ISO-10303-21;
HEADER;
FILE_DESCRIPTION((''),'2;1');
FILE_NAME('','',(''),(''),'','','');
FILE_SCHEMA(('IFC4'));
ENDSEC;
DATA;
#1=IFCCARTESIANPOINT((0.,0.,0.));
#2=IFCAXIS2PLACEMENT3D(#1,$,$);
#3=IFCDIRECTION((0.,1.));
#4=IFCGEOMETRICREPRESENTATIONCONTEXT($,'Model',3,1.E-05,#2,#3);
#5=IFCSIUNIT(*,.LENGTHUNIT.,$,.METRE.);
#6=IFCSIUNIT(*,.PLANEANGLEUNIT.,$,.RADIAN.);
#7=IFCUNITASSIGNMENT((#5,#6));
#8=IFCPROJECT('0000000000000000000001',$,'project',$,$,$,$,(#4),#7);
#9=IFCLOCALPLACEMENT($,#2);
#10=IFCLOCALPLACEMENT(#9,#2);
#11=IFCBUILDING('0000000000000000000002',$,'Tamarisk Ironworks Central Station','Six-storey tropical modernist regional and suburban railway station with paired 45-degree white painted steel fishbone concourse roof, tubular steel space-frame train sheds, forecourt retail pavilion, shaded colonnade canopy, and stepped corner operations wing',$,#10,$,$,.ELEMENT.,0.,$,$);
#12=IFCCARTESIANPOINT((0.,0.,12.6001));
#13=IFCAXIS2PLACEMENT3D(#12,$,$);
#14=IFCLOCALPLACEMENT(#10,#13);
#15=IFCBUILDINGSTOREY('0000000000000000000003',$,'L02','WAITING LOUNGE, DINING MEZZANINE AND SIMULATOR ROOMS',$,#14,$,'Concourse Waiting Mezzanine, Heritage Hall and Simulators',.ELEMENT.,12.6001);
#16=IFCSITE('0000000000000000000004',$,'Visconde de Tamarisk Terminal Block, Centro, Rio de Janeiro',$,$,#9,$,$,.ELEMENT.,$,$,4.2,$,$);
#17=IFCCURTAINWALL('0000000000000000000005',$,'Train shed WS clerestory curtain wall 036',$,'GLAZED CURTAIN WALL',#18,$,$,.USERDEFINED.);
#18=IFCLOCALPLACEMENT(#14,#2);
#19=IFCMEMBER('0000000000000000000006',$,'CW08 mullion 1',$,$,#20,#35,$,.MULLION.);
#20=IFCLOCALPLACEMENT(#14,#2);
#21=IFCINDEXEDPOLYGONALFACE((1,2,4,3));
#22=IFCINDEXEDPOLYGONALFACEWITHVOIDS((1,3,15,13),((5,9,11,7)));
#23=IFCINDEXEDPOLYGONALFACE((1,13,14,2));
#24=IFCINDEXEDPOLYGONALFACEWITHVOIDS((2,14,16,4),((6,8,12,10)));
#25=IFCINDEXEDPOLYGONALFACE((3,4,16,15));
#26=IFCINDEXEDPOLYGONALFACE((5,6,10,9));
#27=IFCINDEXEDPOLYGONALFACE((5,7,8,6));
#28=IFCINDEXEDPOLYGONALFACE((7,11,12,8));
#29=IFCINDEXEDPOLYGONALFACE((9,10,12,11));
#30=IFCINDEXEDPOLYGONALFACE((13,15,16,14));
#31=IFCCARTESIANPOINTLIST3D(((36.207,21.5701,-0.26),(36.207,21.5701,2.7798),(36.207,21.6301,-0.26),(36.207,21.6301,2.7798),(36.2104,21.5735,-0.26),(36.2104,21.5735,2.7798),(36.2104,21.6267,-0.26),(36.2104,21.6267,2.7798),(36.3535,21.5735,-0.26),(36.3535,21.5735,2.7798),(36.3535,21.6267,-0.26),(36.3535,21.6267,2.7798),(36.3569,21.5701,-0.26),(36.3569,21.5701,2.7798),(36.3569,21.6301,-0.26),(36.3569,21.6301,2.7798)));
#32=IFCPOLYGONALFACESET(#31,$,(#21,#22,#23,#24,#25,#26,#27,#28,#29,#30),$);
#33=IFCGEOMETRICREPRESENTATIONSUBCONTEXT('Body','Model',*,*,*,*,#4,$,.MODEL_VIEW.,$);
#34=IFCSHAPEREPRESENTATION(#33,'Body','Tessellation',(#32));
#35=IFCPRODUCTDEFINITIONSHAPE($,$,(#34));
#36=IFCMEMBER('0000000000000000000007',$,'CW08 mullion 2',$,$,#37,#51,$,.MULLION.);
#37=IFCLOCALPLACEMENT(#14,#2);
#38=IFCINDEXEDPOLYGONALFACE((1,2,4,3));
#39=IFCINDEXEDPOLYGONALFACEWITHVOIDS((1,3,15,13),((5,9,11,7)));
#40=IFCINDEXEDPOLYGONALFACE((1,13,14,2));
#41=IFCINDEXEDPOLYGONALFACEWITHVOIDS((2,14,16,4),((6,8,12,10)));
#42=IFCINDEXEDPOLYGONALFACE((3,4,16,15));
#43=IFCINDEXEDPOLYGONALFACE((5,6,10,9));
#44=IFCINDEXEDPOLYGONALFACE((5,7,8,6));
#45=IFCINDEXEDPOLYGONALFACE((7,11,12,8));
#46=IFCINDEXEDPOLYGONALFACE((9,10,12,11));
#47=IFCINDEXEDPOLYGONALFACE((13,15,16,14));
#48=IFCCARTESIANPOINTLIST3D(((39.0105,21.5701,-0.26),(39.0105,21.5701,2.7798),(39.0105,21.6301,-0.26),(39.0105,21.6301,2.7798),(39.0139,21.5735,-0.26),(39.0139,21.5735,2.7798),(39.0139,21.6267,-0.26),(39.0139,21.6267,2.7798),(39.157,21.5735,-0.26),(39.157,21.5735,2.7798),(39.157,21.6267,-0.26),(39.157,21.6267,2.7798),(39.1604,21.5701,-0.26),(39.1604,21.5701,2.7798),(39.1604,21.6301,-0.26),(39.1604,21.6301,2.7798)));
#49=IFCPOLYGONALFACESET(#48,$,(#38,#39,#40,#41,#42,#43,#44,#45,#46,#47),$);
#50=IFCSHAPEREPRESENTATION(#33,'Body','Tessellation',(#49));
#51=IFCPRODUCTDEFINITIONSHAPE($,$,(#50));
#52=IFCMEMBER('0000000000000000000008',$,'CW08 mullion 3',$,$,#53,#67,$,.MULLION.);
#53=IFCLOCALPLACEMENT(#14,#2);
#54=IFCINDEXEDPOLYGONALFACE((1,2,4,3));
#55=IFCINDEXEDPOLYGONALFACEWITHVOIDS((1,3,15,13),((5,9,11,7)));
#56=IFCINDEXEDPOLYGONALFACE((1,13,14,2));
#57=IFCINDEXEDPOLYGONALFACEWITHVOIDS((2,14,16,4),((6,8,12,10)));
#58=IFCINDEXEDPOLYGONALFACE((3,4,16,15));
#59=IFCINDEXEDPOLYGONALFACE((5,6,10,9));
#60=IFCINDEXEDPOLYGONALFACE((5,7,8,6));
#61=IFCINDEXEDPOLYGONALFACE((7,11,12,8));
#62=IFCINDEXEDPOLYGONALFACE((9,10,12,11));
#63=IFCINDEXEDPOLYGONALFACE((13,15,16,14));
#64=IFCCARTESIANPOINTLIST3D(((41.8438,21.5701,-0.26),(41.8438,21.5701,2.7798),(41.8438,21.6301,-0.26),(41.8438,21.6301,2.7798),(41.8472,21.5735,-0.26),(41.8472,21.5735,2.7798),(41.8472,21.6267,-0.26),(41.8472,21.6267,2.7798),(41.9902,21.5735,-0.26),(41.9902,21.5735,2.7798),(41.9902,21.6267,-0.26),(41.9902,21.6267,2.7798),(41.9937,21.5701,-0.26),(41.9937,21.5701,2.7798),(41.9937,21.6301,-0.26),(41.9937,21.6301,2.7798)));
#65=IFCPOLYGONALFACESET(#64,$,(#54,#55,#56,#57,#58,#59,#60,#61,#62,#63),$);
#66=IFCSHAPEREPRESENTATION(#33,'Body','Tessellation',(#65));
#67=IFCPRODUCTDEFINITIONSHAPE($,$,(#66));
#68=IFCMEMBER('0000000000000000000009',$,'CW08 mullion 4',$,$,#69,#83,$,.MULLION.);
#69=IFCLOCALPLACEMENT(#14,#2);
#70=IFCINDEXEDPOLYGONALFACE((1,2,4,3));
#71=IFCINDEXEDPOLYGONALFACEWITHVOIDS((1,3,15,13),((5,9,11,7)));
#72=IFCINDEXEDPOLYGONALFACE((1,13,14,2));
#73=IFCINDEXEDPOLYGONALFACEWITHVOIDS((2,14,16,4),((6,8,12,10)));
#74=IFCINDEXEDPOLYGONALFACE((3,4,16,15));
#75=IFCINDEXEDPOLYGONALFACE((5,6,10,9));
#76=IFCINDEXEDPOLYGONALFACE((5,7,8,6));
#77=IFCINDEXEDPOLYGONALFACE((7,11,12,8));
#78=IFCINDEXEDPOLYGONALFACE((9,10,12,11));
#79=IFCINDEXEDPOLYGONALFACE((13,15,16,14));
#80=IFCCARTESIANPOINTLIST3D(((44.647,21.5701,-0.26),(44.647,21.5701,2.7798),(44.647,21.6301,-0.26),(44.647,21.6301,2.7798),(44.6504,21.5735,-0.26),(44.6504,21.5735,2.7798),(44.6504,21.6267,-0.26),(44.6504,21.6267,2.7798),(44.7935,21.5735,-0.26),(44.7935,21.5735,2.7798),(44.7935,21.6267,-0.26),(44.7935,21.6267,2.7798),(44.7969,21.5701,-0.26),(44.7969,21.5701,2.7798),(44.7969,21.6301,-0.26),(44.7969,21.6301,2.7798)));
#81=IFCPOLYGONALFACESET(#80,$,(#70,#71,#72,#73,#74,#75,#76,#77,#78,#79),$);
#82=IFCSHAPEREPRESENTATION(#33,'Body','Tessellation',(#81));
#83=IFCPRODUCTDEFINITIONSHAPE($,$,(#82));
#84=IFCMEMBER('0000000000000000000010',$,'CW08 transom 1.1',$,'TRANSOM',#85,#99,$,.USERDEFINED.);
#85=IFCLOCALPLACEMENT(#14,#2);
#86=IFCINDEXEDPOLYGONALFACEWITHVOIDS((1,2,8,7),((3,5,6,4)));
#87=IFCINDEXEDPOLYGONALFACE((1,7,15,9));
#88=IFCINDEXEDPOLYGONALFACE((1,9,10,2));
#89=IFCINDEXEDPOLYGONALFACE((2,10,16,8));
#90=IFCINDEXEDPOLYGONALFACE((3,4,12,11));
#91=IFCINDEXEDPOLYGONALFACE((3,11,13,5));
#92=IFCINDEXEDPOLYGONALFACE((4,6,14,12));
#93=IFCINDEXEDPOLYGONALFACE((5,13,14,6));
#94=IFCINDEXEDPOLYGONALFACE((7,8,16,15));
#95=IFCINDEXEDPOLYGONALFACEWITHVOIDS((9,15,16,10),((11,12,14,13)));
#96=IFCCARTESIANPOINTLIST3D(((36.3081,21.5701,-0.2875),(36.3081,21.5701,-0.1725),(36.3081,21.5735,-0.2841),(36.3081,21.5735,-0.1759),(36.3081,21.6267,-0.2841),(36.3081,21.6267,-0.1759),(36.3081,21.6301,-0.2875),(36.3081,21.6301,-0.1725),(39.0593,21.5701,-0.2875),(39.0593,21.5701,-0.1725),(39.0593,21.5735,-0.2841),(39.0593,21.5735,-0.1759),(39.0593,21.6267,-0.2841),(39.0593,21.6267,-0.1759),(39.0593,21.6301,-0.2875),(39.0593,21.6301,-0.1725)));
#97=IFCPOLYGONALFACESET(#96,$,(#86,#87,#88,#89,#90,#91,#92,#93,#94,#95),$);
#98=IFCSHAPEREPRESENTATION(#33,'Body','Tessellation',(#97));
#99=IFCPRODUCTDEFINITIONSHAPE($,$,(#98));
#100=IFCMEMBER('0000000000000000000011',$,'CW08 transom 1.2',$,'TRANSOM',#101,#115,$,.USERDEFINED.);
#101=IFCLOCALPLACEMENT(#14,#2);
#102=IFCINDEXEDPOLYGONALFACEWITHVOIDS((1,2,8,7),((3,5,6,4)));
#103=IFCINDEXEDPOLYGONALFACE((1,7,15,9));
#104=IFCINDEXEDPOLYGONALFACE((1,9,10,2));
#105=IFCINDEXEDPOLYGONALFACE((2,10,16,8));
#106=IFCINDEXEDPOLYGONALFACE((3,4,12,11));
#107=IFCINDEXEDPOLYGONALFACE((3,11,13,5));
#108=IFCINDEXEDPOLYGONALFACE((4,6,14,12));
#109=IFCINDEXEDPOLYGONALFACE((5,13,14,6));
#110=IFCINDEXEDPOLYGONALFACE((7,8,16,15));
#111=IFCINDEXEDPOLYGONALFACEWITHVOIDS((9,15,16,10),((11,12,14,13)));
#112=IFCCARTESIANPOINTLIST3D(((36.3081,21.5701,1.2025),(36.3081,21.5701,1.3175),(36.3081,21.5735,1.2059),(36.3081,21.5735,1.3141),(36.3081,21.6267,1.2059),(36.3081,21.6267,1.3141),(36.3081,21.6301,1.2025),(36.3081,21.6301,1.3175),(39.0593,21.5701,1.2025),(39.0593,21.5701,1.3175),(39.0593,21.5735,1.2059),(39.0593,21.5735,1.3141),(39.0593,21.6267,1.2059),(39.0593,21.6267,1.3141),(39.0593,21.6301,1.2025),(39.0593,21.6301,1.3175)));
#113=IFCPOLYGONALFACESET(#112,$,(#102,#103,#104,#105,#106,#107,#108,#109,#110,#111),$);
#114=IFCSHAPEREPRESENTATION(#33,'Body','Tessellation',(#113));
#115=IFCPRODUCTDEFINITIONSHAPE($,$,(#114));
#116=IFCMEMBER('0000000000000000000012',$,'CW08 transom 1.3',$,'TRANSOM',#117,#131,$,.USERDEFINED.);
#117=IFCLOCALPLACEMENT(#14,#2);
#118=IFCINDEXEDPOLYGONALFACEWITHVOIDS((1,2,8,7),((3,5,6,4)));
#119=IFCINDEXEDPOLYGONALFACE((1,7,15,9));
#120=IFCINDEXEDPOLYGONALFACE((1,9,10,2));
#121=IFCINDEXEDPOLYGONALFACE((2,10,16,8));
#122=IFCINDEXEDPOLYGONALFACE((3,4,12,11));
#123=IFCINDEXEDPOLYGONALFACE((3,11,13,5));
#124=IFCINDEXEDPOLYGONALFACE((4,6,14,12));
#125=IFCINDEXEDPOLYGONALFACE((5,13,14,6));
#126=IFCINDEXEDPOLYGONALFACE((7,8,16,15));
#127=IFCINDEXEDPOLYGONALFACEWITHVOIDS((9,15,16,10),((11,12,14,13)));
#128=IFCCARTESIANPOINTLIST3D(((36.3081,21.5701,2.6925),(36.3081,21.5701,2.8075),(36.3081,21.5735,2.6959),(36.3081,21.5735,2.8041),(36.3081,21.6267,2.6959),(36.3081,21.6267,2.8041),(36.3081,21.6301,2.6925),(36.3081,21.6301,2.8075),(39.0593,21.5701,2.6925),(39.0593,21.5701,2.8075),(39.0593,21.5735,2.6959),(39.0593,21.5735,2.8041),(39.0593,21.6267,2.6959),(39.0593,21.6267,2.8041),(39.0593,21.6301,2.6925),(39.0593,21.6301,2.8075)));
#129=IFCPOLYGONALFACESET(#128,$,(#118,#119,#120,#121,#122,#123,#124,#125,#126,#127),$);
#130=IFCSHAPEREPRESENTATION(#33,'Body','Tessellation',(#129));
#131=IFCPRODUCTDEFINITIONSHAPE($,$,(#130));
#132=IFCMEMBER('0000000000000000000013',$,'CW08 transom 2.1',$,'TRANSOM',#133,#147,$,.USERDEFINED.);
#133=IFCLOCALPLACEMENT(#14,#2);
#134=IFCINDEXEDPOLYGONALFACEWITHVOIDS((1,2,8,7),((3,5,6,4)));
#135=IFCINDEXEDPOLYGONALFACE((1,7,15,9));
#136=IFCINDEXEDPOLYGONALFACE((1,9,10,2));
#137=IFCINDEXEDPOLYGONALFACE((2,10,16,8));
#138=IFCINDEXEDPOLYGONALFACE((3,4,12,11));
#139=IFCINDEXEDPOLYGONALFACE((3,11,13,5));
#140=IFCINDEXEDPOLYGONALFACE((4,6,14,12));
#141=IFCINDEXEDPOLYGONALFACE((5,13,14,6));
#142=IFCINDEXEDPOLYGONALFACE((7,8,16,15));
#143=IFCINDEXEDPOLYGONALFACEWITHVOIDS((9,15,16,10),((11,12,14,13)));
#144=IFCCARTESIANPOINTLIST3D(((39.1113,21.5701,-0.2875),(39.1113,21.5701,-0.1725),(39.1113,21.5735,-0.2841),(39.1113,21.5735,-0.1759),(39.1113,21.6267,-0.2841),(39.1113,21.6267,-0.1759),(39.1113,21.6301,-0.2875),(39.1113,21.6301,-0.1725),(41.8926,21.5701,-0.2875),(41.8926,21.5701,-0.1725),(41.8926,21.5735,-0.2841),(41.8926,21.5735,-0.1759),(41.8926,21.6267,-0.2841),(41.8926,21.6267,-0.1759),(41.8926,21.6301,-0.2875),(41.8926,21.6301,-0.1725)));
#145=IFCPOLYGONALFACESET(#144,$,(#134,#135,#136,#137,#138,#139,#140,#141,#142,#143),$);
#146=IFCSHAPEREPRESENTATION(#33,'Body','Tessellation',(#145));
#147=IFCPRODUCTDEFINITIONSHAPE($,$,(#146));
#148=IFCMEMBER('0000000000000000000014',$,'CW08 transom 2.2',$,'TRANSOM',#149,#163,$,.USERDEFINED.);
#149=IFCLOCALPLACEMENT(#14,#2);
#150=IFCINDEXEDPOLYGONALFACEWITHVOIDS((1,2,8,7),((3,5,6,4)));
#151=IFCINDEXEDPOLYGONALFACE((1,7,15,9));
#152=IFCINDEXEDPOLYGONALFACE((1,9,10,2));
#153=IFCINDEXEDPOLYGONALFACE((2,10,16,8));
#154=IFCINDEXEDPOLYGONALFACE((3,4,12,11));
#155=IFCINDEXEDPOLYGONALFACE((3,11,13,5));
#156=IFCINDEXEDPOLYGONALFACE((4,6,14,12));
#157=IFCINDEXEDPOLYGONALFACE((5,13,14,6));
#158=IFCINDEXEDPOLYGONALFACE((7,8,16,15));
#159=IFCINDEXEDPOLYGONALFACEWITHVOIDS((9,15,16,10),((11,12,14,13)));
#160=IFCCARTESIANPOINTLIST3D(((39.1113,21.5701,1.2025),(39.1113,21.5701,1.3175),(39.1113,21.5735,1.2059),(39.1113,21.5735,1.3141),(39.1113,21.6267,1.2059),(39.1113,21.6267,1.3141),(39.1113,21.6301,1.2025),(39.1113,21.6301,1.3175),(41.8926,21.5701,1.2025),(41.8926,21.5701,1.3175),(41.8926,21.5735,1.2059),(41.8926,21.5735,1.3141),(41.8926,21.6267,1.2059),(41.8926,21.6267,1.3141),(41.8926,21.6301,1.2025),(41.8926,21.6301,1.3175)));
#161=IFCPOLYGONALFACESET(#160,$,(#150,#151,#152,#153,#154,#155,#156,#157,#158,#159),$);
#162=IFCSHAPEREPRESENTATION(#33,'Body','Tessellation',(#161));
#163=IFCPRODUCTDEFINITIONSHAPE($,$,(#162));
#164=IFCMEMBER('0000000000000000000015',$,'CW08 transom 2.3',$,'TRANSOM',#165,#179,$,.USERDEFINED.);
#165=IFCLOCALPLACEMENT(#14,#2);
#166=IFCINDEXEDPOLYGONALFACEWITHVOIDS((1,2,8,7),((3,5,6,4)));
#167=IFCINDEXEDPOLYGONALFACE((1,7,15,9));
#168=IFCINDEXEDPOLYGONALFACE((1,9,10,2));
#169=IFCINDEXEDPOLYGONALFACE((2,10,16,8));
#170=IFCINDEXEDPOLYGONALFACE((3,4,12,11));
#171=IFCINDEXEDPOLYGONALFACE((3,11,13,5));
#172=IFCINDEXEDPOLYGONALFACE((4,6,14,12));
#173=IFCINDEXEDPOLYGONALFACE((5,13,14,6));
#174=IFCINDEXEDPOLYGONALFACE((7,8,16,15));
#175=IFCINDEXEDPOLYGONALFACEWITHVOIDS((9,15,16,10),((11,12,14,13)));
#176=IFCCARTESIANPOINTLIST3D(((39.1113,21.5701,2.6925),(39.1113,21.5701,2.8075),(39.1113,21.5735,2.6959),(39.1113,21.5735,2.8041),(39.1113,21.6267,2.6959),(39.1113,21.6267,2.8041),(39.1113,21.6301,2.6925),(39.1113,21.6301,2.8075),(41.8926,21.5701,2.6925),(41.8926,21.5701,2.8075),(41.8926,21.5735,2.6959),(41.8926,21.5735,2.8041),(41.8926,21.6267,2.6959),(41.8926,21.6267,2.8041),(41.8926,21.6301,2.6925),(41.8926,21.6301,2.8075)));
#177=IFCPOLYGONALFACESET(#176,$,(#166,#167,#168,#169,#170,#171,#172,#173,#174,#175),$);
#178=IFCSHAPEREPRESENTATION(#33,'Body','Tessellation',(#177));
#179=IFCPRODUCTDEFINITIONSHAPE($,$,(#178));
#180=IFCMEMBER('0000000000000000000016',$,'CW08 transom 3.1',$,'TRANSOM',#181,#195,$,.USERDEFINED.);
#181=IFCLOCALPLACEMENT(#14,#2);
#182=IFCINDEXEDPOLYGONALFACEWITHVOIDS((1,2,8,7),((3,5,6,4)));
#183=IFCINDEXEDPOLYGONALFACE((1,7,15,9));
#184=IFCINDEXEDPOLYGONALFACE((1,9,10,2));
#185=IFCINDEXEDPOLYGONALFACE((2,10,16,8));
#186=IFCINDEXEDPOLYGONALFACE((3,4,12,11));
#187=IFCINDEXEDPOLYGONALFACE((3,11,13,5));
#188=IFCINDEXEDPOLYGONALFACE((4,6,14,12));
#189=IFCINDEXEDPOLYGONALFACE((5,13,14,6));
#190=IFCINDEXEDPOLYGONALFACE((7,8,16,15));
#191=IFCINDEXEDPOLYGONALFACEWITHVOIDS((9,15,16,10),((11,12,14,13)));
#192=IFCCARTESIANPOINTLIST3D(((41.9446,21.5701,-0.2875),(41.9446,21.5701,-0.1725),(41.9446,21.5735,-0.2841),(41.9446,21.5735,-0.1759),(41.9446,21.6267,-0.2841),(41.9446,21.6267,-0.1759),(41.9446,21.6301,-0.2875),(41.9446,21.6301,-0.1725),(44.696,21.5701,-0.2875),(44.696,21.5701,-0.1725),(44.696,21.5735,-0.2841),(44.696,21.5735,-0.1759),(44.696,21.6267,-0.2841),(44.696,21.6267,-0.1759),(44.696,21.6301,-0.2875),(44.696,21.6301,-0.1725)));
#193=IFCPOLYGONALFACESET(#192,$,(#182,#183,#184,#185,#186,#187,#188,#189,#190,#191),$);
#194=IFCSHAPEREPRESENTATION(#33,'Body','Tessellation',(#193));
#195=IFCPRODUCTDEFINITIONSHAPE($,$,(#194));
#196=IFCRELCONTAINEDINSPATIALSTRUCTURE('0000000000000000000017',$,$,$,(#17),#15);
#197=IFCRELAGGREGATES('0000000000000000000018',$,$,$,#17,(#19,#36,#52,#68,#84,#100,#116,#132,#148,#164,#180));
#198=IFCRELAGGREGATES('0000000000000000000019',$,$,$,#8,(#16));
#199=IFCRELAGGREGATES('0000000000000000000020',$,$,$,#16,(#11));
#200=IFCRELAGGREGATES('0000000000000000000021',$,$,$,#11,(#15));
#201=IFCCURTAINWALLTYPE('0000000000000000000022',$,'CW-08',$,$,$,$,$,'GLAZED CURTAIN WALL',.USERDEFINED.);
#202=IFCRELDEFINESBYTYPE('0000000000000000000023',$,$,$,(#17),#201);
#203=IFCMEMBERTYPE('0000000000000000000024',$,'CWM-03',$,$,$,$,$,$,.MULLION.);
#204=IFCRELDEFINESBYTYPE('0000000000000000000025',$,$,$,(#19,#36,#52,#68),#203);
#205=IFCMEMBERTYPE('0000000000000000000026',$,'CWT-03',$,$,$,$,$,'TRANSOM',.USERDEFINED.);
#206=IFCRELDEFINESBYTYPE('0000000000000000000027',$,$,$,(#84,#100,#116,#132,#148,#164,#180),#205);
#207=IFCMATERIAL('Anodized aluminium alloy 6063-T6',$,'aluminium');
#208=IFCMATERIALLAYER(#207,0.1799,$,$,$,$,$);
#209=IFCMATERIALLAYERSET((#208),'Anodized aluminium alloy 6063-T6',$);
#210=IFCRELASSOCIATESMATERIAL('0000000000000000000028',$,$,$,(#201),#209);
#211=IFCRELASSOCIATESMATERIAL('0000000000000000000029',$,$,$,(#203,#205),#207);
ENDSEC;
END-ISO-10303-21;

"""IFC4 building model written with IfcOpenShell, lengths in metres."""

from ifc_helpers import new_model, si_unit, direction, frame, origin, origin_2d, place, context, subcontext, project, spatial, hollow_rectangle, extrude, material, layer, layer_set, material_profile, profile_set, type_object, element, aggregate, save


model = new_model("IFC4")

# Units and contexts
model_context = context("Model", 3, precision=1e-05, world=origin(), true_north=direction((0.0, 1.0)))
body_context = subcontext(model_context, "Body", "Model", "MODEL_VIEW")
ifc_project = project(units=[si_unit("LENGTHUNIT", "METRE"), si_unit("PLANEANGLEUNIT", "RADIAN")], contexts=[model_context])

# Site, building, storey
site_placement = place(None, origin())
site = spatial("IfcSite", under=ifc_project, at=site_placement, Name="Visconde de Tamarisk Terminal Block, Centro, Rio de Janeiro", CompositionType="ELEMENT", RefElevation=4.2)
building_placement = place(site_placement, origin())
building = spatial("IfcBuilding", under=site, at=building_placement, Name="Tamarisk Ironworks Central Station", Description="Six-storey tropical modernist regional and suburban railway station with paired 45-degree white painted steel fishbone concourse roof, tubular steel space-frame train sheds, forecourt retail pavilion, shaded colonnade canopy, and stepped corner operations wing", CompositionType="ELEMENT", ElevationOfRefHeight=0.0)
storey_placement = place(building_placement, frame((0.0, 0.0, 12.6001)))
storey = spatial("IfcBuildingStorey", under=building, at=storey_placement, Name="L02", Description="WAITING LOUNGE, DINING MEZZANINE AND SIMULATOR ROOMS", LongName="Concourse Waiting Mezzanine, Heritage Hall and Simulators", CompositionType="ELEMENT", Elevation=12.6001)

# Curtain wall, members
ifc_material_1 = material(Name="Anodized aluminium alloy 6063-T6", Category="aluminium")
ifc_layer_1 = layer(ifc_material_1, 0.1799)
ifc_layer_set_1 = layer_set([ifc_layer_1], Name="Anodized aluminium alloy 6063-T6")
curtain_wall_type = type_object("IfcCurtainWallType", Name="CW-08", ElementType="GLAZED CURTAIN WALL", PredefinedType="USERDEFINED", material=ifc_layer_set_1)
curtain_wall_placement = place(storey_placement, origin())
curtain_wall = element("IfcCurtainWall", 1, at=curtain_wall_placement, inside=storey, type_object=curtain_wall_type, Name="Train shed WS clerestory curtain wall 036", ObjectType="GLAZED CURTAIN WALL", PredefinedType="USERDEFINED")
ifc_material_profile_1 = material_profile(ifc_material_1, hollow_rectangle(XDim=0.0601, YDim=0.1499, WallThickness=0.0034, at=origin_2d()), Name="ALUM 150x60")
ifc_profile_set_1 = profile_set([ifc_material_profile_1], Name="Anodized aluminium alloy 6063-T6")
member_type_1 = type_object("IfcMemberType", Name="CWM-03", PredefinedType="MULLION", material=ifc_profile_set_1)
member_1_placement = place(storey_placement, frame((36.282, 21.6001, -0.26), z_axis=(0.0, 0.0, 1.0), x_axis=(0.0, 1.0, 0.0)))
member_1 = element("IfcMember", 2, at=member_1_placement, type_object=member_type_1, Name="CW08 mullion 1", PredefinedType="MULLION", context=body_context, shape_type="SweptSolid", body=[
    extrude(hollow_rectangle(XDim=0.0601, YDim=0.1499, WallThickness=0.0034, at=origin_2d()), origin(), (0.0, 0.0, 1.0), 3.0398),
])
member_2_placement = place(storey_placement, frame((39.0854, 21.6001, -0.26), z_axis=(0.0, 0.0, 1.0), x_axis=(0.0, 1.0, 0.0)))
member_2 = element("IfcMember", 3, at=member_2_placement, type_object=member_type_1, Name="CW08 mullion 2", PredefinedType="MULLION", context=body_context, shape_type="SweptSolid", body=[
    extrude(hollow_rectangle(XDim=0.0601, YDim=0.1499, WallThickness=0.0034, at=origin_2d()), origin(), (0.0, 0.0, 1.0), 3.0398),
])
member_3_placement = place(storey_placement, frame((41.9187, 21.6001, -0.26), z_axis=(0.0, 0.0, 1.0), x_axis=(0.0, 1.0, 0.0)))
member_3 = element("IfcMember", 4, at=member_3_placement, type_object=member_type_1, Name="CW08 mullion 3", PredefinedType="MULLION", context=body_context, shape_type="SweptSolid", body=[
    extrude(hollow_rectangle(XDim=0.0601, YDim=0.1499, WallThickness=0.0034, at=origin_2d()), origin(), (0.0, 0.0, 1.0), 3.0398),
])
member_4_placement = place(storey_placement, frame((44.7219, 21.6001, -0.26), z_axis=(0.0, 0.0, 1.0), x_axis=(0.0, 1.0, 0.0)))
member_4 = element("IfcMember", 5, at=member_4_placement, type_object=member_type_1, Name="CW08 mullion 4", PredefinedType="MULLION", context=body_context, shape_type="SweptSolid", body=[
    extrude(hollow_rectangle(XDim=0.0601, YDim=0.1499, WallThickness=0.0034, at=origin_2d()), origin(), (0.0, 0.0, 1.0), 3.0398),
])
ifc_material_profile_2 = material_profile(ifc_material_1, hollow_rectangle(XDim=0.0601, YDim=0.115, WallThickness=0.0034, at=origin_2d()), Name="ALUM 115x60")
ifc_profile_set_2 = profile_set([ifc_material_profile_2], Name="Anodized aluminium alloy 6063-T6")
member_type_2 = type_object("IfcMemberType", Name="CWT-03", ElementType="TRANSOM", PredefinedType="USERDEFINED", material=ifc_profile_set_2)
member_5_placement = place(storey_placement, frame((36.3081, 21.6001, -0.23), z_axis=(1.0, 0.0, 0.0), x_axis=(0.0, 1.0, 0.0)))
member_5 = element("IfcMember", 6, at=member_5_placement, type_object=member_type_2, Name="CW08 transom 1.1", ObjectType="TRANSOM", PredefinedType="USERDEFINED", context=body_context, shape_type="SweptSolid", body=[
    extrude(hollow_rectangle(XDim=0.0601, YDim=0.115, WallThickness=0.0034, at=origin_2d()), origin(), (0.0, 0.0, 1.0), 2.7512),
])
member_6_placement = place(storey_placement, frame((36.3081, 21.6001, 1.26), z_axis=(1.0, 0.0, 0.0), x_axis=(0.0, 1.0, 0.0)))
member_6 = element("IfcMember", 7, at=member_6_placement, type_object=member_type_2, Name="CW08 transom 1.2", ObjectType="TRANSOM", PredefinedType="USERDEFINED", context=body_context, shape_type="SweptSolid", body=[
    extrude(hollow_rectangle(XDim=0.0601, YDim=0.115, WallThickness=0.0034, at=origin_2d()), origin(), (0.0, 0.0, 1.0), 2.7512),
])
member_7_placement = place(storey_placement, frame((36.3081, 21.6001, 2.75), z_axis=(1.0, 0.0, 0.0), x_axis=(0.0, 1.0, 0.0)))
member_7 = element("IfcMember", 8, at=member_7_placement, type_object=member_type_2, Name="CW08 transom 1.3", ObjectType="TRANSOM", PredefinedType="USERDEFINED", context=body_context, shape_type="SweptSolid", body=[
    extrude(hollow_rectangle(XDim=0.0601, YDim=0.115, WallThickness=0.0034, at=origin_2d()), origin(), (0.0, 0.0, 1.0), 2.7512),
])
member_8_placement = place(storey_placement, frame((39.1113, 21.6001, -0.23), z_axis=(1.0, 0.0, 0.0), x_axis=(0.0, 1.0, 0.0)))
member_8 = element("IfcMember", 9, at=member_8_placement, type_object=member_type_2, Name="CW08 transom 2.1", ObjectType="TRANSOM", PredefinedType="USERDEFINED", context=body_context, shape_type="SweptSolid", body=[
    extrude(hollow_rectangle(XDim=0.0601, YDim=0.115, WallThickness=0.0034, at=origin_2d()), origin(), (0.0, 0.0, 1.0), 2.7812),
])
member_9_placement = place(storey_placement, frame((39.1113, 21.6001, 1.26), z_axis=(1.0, 0.0, 0.0), x_axis=(0.0, 1.0, 0.0)))
member_9 = element("IfcMember", 10, at=member_9_placement, type_object=member_type_2, Name="CW08 transom 2.2", ObjectType="TRANSOM", PredefinedType="USERDEFINED", context=body_context, shape_type="SweptSolid", body=[
    extrude(hollow_rectangle(XDim=0.0601, YDim=0.115, WallThickness=0.0034, at=origin_2d()), origin(), (0.0, 0.0, 1.0), 2.7812),
])
member_10_placement = place(storey_placement, frame((39.1113, 21.6001, 2.75), z_axis=(1.0, 0.0, 0.0), x_axis=(0.0, 1.0, 0.0)))
member_10 = element("IfcMember", 11, at=member_10_placement, type_object=member_type_2, Name="CW08 transom 2.3", ObjectType="TRANSOM", PredefinedType="USERDEFINED", context=body_context, shape_type="SweptSolid", body=[
    extrude(hollow_rectangle(XDim=0.0601, YDim=0.115, WallThickness=0.0034, at=origin_2d()), origin(), (0.0, 0.0, 1.0), 2.7812),
])
member_11_placement = place(storey_placement, frame((41.9446, 21.6001, -0.23), z_axis=(1.0, 0.0, 0.0), x_axis=(0.0, 1.0, 0.0)))
member_11 = element("IfcMember", 12, at=member_11_placement, type_object=member_type_2, Name="CW08 transom 3.1", ObjectType="TRANSOM", PredefinedType="USERDEFINED", context=body_context, shape_type="SweptSolid", body=[
    extrude(hollow_rectangle(XDim=0.0601, YDim=0.115, WallThickness=0.0034, at=origin_2d()), origin(), (0.0, 0.0, 1.0), 2.7515),
])
aggregate(curtain_wall, [member_1, member_2, member_3, member_4, member_5, member_6, member_7, member_8, member_9, member_10, member_11])

save(model, "model.ifc")
